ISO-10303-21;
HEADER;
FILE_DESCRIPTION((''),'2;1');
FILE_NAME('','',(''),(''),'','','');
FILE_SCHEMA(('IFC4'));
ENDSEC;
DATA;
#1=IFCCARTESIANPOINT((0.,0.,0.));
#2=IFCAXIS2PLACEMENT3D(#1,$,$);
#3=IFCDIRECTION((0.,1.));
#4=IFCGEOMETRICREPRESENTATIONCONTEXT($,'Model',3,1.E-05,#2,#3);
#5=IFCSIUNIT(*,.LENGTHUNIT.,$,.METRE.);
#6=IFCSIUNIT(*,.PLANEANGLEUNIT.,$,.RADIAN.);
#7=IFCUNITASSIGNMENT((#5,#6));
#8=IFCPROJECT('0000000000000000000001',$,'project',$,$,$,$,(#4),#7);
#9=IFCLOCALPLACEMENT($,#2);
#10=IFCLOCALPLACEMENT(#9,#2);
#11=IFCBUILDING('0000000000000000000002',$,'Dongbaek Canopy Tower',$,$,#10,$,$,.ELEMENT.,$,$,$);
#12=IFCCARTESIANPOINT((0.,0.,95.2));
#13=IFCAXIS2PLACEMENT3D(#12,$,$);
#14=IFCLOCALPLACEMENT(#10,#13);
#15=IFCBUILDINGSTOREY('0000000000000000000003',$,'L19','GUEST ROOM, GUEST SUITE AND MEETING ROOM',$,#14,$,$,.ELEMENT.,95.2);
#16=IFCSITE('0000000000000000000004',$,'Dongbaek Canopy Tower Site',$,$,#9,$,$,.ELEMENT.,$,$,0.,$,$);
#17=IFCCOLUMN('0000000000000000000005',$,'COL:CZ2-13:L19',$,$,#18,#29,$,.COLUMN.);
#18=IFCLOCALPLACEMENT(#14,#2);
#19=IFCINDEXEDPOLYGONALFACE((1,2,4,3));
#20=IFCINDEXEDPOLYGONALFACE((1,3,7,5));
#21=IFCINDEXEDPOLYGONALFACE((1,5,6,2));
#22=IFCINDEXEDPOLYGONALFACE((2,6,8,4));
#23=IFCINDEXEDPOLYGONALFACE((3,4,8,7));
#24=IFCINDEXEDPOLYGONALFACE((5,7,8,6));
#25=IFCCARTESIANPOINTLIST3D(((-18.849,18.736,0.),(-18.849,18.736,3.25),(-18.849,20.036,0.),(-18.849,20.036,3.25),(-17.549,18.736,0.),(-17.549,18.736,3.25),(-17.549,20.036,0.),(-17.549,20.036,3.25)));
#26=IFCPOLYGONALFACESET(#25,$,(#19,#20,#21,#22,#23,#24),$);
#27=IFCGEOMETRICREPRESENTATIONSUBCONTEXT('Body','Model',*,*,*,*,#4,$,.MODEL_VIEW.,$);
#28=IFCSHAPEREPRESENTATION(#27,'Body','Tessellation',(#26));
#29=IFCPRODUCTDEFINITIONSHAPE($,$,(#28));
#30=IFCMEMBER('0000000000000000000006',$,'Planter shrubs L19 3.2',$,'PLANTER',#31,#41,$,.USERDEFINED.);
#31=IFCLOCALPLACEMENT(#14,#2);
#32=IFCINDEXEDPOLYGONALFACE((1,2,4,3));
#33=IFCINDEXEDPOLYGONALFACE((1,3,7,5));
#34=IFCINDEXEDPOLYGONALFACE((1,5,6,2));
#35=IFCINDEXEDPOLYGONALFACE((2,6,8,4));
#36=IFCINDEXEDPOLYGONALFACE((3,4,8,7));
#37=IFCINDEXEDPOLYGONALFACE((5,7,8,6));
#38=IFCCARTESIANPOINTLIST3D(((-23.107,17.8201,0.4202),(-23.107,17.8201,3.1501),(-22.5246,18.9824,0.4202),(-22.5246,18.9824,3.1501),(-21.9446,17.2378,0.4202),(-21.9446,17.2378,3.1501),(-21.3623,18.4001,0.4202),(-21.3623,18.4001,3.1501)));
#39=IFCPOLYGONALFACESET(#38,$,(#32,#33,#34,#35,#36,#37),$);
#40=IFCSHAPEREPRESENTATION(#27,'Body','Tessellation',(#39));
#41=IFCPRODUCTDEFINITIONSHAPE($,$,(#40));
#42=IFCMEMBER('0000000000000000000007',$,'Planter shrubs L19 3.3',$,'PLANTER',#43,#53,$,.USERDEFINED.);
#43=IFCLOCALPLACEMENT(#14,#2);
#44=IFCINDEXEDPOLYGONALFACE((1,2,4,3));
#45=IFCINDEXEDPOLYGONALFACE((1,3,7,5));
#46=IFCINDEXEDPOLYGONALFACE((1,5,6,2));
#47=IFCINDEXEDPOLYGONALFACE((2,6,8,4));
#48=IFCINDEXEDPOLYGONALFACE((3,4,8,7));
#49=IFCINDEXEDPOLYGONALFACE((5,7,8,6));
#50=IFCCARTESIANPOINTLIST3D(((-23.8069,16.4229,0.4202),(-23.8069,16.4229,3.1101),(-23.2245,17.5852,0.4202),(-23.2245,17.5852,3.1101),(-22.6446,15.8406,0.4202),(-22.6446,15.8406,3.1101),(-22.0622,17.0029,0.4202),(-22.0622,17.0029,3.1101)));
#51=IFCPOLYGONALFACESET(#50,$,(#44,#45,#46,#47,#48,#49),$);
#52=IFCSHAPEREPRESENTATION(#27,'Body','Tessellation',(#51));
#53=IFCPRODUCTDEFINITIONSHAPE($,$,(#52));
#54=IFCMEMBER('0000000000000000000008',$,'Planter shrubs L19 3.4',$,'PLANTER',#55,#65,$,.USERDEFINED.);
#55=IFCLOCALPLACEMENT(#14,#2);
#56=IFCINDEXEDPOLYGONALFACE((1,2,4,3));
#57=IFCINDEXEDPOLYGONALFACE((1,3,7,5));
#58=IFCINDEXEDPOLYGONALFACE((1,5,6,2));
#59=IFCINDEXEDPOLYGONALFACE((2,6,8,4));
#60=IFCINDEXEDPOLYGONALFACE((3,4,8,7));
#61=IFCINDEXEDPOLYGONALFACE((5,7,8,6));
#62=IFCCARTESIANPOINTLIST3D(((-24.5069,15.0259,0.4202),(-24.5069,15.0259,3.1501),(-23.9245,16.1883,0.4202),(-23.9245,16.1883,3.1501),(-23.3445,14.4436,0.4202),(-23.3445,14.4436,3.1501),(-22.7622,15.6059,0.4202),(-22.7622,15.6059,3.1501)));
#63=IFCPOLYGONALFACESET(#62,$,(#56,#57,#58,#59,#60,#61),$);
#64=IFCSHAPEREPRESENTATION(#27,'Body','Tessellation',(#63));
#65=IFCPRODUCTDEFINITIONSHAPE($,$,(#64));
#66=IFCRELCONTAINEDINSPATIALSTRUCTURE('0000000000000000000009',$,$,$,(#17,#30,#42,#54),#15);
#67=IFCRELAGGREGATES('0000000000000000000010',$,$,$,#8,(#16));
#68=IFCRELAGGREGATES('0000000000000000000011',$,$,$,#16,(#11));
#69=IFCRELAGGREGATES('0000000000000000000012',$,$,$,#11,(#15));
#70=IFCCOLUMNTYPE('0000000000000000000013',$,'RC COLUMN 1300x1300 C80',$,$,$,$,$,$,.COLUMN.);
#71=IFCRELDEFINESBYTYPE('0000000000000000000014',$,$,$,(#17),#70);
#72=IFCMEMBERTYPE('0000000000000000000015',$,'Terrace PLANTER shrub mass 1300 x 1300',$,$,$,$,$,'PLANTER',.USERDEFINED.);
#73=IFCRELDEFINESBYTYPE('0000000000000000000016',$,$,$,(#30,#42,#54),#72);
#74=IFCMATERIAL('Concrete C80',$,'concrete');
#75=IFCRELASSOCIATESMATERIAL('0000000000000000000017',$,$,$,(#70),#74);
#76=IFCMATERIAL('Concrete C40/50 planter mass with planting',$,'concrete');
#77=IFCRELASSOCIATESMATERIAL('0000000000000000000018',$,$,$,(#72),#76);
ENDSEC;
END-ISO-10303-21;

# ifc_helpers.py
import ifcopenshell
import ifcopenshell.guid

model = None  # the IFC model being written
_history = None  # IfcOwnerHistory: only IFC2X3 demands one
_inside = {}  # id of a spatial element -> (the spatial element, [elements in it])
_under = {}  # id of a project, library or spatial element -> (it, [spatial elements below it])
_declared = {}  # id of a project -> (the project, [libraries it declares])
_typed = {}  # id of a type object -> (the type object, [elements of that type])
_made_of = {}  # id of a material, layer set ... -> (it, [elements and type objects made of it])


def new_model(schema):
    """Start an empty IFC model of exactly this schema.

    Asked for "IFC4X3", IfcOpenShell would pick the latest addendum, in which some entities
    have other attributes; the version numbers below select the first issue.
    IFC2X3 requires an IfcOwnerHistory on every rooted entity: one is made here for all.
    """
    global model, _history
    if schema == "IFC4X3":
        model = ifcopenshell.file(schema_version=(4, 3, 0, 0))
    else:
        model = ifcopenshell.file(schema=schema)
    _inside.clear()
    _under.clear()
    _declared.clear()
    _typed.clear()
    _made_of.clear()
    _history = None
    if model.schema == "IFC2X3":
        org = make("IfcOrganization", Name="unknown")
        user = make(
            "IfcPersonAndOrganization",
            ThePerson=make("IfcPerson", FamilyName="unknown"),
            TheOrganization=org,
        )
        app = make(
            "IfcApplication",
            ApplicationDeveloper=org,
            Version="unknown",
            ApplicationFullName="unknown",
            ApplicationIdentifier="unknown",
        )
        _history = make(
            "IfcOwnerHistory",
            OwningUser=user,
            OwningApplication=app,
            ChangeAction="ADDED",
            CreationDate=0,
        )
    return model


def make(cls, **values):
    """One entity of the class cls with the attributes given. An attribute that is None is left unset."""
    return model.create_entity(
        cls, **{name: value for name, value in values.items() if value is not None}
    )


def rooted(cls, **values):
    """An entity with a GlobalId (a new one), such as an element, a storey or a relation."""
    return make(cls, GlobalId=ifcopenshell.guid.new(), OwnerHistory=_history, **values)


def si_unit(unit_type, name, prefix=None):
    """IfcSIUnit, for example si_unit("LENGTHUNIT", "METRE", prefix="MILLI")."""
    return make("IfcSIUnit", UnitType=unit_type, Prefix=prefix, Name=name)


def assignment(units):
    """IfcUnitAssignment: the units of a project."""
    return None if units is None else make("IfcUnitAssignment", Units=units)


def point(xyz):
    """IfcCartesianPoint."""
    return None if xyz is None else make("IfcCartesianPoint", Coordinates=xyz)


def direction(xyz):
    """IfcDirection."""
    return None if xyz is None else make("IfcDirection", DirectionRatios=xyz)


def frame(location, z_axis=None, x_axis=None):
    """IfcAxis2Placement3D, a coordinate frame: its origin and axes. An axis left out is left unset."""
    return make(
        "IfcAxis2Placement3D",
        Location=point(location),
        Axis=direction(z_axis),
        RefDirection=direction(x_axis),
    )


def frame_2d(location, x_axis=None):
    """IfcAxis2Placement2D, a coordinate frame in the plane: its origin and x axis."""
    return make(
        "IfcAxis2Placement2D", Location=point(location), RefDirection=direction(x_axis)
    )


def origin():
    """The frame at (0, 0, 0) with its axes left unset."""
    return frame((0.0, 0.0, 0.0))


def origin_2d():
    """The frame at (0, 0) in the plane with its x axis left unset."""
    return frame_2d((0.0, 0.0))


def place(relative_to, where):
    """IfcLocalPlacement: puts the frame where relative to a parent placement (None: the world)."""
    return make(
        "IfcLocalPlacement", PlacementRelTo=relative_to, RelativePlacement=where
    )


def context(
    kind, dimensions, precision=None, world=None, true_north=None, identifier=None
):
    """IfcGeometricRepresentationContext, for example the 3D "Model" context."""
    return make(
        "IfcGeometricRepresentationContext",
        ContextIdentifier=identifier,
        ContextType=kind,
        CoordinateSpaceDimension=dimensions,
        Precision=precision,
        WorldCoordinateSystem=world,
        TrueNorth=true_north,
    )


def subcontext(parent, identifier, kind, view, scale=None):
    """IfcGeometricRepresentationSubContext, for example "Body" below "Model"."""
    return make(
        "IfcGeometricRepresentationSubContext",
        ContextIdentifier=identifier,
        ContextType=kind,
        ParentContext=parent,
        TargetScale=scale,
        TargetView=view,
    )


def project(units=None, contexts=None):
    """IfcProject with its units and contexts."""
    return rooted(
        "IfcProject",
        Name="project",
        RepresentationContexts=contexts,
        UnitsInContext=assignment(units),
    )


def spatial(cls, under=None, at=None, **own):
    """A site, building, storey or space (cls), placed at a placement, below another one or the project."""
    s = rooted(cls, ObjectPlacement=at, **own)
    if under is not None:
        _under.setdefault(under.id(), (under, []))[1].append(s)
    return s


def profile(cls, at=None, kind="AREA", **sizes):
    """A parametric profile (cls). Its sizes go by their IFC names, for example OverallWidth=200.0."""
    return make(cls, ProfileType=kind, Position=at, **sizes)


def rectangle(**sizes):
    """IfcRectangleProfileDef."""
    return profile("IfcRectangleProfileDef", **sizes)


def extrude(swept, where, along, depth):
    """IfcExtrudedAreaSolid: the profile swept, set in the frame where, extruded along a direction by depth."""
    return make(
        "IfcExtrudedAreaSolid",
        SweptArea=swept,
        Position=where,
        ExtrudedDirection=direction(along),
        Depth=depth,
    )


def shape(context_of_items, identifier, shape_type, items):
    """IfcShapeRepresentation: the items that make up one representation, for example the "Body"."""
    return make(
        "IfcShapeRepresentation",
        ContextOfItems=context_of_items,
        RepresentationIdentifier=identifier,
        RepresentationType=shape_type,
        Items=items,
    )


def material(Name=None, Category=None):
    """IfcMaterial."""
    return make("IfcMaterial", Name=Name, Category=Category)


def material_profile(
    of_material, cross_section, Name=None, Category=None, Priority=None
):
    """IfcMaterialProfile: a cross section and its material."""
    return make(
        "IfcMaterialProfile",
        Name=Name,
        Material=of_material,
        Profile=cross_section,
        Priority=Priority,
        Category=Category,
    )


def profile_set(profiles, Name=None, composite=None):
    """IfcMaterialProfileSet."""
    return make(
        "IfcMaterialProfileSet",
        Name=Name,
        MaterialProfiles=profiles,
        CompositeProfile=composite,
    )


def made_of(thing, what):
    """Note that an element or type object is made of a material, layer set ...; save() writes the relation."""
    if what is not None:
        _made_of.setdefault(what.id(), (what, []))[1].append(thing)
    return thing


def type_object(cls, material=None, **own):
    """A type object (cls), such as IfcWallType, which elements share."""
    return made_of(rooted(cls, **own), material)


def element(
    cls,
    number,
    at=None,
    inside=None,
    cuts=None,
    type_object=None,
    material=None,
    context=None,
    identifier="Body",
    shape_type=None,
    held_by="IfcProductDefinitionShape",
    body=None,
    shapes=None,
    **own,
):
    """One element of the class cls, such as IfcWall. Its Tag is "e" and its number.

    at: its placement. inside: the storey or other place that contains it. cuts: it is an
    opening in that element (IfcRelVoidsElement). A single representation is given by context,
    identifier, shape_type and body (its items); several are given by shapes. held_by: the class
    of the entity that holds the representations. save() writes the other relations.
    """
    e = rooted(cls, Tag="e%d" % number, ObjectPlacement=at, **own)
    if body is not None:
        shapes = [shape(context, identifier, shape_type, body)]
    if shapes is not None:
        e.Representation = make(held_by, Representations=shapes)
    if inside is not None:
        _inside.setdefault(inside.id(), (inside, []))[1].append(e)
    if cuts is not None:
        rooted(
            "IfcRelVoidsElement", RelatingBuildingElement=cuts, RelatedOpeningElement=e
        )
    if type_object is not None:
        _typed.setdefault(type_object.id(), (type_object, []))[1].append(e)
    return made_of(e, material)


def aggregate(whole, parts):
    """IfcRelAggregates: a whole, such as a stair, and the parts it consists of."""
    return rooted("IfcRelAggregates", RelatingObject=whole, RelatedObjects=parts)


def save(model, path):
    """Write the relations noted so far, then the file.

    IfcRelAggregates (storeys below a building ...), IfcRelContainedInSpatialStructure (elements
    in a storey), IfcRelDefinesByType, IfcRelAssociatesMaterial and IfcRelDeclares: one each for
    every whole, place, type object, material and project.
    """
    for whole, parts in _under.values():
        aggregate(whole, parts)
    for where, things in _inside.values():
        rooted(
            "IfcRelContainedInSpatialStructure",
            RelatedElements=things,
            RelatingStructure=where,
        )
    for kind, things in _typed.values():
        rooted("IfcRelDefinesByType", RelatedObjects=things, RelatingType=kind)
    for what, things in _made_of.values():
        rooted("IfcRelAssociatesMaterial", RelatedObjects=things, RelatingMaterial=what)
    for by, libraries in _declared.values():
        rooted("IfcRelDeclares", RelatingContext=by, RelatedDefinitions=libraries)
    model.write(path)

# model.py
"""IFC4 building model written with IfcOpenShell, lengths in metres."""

from ifc_helpers import new_model, si_unit, direction, frame, origin, origin_2d, place, context, subcontext, project, spatial, rectangle, extrude, material, material_profile, profile_set, type_object, element, save


model = new_model("IFC4")

# Units and contexts
model_context = context("Model", 3, precision=1e-05, world=origin(), true_north=direction((0.0, 1.0)))
body_context = subcontext(model_context, "Body", "Model", "MODEL_VIEW")
ifc_project = project(units=[si_unit("LENGTHUNIT", "METRE"), si_unit("PLANEANGLEUNIT", "RADIAN")], contexts=[model_context])

# Site, building, storey
site_placement = place(None, origin())
site = spatial("IfcSite", under=ifc_project, at=site_placement, Name="Dongbaek Canopy Tower Site", CompositionType="ELEMENT", RefElevation=0.0)
building_placement = place(site_placement, origin())
building = spatial("IfcBuilding", under=site, at=building_placement, Name="Dongbaek Canopy Tower", CompositionType="ELEMENT")
storey_placement = place(building_placement, frame((0.0, 0.0, 95.2)))
storey = spatial("IfcBuildingStorey", under=building, at=storey_placement, Name="L19", Description="GUEST ROOM, GUEST SUITE AND MEETING ROOM", CompositionType="ELEMENT", Elevation=95.2)

# Column
ifc_material_1 = material(Name="Concrete C80", Category="concrete")
ifc_material_profile_1 = material_profile(ifc_material_1, rectangle(XDim=1.3, YDim=1.3, at=origin_2d()), Name="RC COLUMN 1300x1300 C80")
ifc_profile_set_1 = profile_set([ifc_material_profile_1], Name="Concrete C80")
column_type = type_object("IfcColumnType", Name="RC COLUMN 1300x1300 C80", PredefinedType="COLUMN", material=ifc_profile_set_1)
column_placement = place(storey_placement, frame((-18.199, 19.386, 0.0), z_axis=(0.0, 0.0, 1.0), x_axis=(1.0, 0.0, 0.0)))
element("IfcColumn", 1, at=column_placement, inside=storey, type_object=column_type, Name="COL:CZ2-13:L19", PredefinedType="COLUMN", context=body_context, shape_type="SweptSolid", body=[
    extrude(rectangle(XDim=1.3, YDim=1.3, at=origin_2d()), origin(), (0.0, 0.0, 1.0), 3.25),
])

# Members
ifc_material_2 = material(Name="Concrete C40/50 planter mass with planting", Category="concrete")
ifc_material_profile_2 = material_profile(ifc_material_2, rectangle(XDim=1.3, YDim=1.3, at=origin_2d()), Name="Terrace PLANTER shrub mass 1300 x 1300")
ifc_profile_set_2 = profile_set([ifc_material_profile_2], Name="Concrete C40/50 planter mass with planting")
member_type = type_object("IfcMemberType", Name="Terrace PLANTER shrub mass 1300 x 1300", ElementType="PLANTER", PredefinedType="USERDEFINED", material=ifc_profile_set_2)
member_1_placement = place(storey_placement, frame((-22.2346, 18.1101, 0.4202), z_axis=(0.0, 0.0, 1.0), x_axis=(-0.894056, 0.447956, 0.0)))
element("IfcMember", 2, at=member_1_placement, inside=storey, type_object=member_type, Name="Planter shrubs L19 3.2", ObjectType="PLANTER", PredefinedType="USERDEFINED", context=body_context, shape_type="SweptSolid", body=[
    extrude(rectangle(XDim=1.3, YDim=1.3, at=origin_2d()), origin(), (0.0, 0.0, 1.0), 2.73),
])
member_2_placement = place(storey_placement, frame((-22.9346, 16.7129, 0.4202), z_axis=(0.0, 0.0, 1.0), x_axis=(-0.894056, 0.447956, 0.0)))
element("IfcMember", 3, at=member_2_placement, inside=storey, type_object=member_type, Name="Planter shrubs L19 3.3", ObjectType="PLANTER", PredefinedType="USERDEFINED", context=body_context, shape_type="SweptSolid", body=[
    extrude(rectangle(XDim=1.3, YDim=1.3, at=origin_2d()), origin(), (0.0, 0.0, 1.0), 2.6899),
])
member_3_placement = place(storey_placement, frame((-23.6345, 15.3159, 0.4202), z_axis=(0.0, 0.0, 1.0), x_axis=(-0.894056, 0.447956, 0.0)))
element("IfcMember", 4, at=member_3_placement, inside=storey, type_object=member_type, Name="Planter shrubs L19 3.4", ObjectType="PLANTER", PredefinedType="USERDEFINED", context=body_context, shape_type="SweptSolid", body=[
    extrude(rectangle(XDim=1.3, YDim=1.3, at=origin_2d()), origin(), (0.0, 0.0, 1.0), 2.73),
])

save(model, "model.ifc")
